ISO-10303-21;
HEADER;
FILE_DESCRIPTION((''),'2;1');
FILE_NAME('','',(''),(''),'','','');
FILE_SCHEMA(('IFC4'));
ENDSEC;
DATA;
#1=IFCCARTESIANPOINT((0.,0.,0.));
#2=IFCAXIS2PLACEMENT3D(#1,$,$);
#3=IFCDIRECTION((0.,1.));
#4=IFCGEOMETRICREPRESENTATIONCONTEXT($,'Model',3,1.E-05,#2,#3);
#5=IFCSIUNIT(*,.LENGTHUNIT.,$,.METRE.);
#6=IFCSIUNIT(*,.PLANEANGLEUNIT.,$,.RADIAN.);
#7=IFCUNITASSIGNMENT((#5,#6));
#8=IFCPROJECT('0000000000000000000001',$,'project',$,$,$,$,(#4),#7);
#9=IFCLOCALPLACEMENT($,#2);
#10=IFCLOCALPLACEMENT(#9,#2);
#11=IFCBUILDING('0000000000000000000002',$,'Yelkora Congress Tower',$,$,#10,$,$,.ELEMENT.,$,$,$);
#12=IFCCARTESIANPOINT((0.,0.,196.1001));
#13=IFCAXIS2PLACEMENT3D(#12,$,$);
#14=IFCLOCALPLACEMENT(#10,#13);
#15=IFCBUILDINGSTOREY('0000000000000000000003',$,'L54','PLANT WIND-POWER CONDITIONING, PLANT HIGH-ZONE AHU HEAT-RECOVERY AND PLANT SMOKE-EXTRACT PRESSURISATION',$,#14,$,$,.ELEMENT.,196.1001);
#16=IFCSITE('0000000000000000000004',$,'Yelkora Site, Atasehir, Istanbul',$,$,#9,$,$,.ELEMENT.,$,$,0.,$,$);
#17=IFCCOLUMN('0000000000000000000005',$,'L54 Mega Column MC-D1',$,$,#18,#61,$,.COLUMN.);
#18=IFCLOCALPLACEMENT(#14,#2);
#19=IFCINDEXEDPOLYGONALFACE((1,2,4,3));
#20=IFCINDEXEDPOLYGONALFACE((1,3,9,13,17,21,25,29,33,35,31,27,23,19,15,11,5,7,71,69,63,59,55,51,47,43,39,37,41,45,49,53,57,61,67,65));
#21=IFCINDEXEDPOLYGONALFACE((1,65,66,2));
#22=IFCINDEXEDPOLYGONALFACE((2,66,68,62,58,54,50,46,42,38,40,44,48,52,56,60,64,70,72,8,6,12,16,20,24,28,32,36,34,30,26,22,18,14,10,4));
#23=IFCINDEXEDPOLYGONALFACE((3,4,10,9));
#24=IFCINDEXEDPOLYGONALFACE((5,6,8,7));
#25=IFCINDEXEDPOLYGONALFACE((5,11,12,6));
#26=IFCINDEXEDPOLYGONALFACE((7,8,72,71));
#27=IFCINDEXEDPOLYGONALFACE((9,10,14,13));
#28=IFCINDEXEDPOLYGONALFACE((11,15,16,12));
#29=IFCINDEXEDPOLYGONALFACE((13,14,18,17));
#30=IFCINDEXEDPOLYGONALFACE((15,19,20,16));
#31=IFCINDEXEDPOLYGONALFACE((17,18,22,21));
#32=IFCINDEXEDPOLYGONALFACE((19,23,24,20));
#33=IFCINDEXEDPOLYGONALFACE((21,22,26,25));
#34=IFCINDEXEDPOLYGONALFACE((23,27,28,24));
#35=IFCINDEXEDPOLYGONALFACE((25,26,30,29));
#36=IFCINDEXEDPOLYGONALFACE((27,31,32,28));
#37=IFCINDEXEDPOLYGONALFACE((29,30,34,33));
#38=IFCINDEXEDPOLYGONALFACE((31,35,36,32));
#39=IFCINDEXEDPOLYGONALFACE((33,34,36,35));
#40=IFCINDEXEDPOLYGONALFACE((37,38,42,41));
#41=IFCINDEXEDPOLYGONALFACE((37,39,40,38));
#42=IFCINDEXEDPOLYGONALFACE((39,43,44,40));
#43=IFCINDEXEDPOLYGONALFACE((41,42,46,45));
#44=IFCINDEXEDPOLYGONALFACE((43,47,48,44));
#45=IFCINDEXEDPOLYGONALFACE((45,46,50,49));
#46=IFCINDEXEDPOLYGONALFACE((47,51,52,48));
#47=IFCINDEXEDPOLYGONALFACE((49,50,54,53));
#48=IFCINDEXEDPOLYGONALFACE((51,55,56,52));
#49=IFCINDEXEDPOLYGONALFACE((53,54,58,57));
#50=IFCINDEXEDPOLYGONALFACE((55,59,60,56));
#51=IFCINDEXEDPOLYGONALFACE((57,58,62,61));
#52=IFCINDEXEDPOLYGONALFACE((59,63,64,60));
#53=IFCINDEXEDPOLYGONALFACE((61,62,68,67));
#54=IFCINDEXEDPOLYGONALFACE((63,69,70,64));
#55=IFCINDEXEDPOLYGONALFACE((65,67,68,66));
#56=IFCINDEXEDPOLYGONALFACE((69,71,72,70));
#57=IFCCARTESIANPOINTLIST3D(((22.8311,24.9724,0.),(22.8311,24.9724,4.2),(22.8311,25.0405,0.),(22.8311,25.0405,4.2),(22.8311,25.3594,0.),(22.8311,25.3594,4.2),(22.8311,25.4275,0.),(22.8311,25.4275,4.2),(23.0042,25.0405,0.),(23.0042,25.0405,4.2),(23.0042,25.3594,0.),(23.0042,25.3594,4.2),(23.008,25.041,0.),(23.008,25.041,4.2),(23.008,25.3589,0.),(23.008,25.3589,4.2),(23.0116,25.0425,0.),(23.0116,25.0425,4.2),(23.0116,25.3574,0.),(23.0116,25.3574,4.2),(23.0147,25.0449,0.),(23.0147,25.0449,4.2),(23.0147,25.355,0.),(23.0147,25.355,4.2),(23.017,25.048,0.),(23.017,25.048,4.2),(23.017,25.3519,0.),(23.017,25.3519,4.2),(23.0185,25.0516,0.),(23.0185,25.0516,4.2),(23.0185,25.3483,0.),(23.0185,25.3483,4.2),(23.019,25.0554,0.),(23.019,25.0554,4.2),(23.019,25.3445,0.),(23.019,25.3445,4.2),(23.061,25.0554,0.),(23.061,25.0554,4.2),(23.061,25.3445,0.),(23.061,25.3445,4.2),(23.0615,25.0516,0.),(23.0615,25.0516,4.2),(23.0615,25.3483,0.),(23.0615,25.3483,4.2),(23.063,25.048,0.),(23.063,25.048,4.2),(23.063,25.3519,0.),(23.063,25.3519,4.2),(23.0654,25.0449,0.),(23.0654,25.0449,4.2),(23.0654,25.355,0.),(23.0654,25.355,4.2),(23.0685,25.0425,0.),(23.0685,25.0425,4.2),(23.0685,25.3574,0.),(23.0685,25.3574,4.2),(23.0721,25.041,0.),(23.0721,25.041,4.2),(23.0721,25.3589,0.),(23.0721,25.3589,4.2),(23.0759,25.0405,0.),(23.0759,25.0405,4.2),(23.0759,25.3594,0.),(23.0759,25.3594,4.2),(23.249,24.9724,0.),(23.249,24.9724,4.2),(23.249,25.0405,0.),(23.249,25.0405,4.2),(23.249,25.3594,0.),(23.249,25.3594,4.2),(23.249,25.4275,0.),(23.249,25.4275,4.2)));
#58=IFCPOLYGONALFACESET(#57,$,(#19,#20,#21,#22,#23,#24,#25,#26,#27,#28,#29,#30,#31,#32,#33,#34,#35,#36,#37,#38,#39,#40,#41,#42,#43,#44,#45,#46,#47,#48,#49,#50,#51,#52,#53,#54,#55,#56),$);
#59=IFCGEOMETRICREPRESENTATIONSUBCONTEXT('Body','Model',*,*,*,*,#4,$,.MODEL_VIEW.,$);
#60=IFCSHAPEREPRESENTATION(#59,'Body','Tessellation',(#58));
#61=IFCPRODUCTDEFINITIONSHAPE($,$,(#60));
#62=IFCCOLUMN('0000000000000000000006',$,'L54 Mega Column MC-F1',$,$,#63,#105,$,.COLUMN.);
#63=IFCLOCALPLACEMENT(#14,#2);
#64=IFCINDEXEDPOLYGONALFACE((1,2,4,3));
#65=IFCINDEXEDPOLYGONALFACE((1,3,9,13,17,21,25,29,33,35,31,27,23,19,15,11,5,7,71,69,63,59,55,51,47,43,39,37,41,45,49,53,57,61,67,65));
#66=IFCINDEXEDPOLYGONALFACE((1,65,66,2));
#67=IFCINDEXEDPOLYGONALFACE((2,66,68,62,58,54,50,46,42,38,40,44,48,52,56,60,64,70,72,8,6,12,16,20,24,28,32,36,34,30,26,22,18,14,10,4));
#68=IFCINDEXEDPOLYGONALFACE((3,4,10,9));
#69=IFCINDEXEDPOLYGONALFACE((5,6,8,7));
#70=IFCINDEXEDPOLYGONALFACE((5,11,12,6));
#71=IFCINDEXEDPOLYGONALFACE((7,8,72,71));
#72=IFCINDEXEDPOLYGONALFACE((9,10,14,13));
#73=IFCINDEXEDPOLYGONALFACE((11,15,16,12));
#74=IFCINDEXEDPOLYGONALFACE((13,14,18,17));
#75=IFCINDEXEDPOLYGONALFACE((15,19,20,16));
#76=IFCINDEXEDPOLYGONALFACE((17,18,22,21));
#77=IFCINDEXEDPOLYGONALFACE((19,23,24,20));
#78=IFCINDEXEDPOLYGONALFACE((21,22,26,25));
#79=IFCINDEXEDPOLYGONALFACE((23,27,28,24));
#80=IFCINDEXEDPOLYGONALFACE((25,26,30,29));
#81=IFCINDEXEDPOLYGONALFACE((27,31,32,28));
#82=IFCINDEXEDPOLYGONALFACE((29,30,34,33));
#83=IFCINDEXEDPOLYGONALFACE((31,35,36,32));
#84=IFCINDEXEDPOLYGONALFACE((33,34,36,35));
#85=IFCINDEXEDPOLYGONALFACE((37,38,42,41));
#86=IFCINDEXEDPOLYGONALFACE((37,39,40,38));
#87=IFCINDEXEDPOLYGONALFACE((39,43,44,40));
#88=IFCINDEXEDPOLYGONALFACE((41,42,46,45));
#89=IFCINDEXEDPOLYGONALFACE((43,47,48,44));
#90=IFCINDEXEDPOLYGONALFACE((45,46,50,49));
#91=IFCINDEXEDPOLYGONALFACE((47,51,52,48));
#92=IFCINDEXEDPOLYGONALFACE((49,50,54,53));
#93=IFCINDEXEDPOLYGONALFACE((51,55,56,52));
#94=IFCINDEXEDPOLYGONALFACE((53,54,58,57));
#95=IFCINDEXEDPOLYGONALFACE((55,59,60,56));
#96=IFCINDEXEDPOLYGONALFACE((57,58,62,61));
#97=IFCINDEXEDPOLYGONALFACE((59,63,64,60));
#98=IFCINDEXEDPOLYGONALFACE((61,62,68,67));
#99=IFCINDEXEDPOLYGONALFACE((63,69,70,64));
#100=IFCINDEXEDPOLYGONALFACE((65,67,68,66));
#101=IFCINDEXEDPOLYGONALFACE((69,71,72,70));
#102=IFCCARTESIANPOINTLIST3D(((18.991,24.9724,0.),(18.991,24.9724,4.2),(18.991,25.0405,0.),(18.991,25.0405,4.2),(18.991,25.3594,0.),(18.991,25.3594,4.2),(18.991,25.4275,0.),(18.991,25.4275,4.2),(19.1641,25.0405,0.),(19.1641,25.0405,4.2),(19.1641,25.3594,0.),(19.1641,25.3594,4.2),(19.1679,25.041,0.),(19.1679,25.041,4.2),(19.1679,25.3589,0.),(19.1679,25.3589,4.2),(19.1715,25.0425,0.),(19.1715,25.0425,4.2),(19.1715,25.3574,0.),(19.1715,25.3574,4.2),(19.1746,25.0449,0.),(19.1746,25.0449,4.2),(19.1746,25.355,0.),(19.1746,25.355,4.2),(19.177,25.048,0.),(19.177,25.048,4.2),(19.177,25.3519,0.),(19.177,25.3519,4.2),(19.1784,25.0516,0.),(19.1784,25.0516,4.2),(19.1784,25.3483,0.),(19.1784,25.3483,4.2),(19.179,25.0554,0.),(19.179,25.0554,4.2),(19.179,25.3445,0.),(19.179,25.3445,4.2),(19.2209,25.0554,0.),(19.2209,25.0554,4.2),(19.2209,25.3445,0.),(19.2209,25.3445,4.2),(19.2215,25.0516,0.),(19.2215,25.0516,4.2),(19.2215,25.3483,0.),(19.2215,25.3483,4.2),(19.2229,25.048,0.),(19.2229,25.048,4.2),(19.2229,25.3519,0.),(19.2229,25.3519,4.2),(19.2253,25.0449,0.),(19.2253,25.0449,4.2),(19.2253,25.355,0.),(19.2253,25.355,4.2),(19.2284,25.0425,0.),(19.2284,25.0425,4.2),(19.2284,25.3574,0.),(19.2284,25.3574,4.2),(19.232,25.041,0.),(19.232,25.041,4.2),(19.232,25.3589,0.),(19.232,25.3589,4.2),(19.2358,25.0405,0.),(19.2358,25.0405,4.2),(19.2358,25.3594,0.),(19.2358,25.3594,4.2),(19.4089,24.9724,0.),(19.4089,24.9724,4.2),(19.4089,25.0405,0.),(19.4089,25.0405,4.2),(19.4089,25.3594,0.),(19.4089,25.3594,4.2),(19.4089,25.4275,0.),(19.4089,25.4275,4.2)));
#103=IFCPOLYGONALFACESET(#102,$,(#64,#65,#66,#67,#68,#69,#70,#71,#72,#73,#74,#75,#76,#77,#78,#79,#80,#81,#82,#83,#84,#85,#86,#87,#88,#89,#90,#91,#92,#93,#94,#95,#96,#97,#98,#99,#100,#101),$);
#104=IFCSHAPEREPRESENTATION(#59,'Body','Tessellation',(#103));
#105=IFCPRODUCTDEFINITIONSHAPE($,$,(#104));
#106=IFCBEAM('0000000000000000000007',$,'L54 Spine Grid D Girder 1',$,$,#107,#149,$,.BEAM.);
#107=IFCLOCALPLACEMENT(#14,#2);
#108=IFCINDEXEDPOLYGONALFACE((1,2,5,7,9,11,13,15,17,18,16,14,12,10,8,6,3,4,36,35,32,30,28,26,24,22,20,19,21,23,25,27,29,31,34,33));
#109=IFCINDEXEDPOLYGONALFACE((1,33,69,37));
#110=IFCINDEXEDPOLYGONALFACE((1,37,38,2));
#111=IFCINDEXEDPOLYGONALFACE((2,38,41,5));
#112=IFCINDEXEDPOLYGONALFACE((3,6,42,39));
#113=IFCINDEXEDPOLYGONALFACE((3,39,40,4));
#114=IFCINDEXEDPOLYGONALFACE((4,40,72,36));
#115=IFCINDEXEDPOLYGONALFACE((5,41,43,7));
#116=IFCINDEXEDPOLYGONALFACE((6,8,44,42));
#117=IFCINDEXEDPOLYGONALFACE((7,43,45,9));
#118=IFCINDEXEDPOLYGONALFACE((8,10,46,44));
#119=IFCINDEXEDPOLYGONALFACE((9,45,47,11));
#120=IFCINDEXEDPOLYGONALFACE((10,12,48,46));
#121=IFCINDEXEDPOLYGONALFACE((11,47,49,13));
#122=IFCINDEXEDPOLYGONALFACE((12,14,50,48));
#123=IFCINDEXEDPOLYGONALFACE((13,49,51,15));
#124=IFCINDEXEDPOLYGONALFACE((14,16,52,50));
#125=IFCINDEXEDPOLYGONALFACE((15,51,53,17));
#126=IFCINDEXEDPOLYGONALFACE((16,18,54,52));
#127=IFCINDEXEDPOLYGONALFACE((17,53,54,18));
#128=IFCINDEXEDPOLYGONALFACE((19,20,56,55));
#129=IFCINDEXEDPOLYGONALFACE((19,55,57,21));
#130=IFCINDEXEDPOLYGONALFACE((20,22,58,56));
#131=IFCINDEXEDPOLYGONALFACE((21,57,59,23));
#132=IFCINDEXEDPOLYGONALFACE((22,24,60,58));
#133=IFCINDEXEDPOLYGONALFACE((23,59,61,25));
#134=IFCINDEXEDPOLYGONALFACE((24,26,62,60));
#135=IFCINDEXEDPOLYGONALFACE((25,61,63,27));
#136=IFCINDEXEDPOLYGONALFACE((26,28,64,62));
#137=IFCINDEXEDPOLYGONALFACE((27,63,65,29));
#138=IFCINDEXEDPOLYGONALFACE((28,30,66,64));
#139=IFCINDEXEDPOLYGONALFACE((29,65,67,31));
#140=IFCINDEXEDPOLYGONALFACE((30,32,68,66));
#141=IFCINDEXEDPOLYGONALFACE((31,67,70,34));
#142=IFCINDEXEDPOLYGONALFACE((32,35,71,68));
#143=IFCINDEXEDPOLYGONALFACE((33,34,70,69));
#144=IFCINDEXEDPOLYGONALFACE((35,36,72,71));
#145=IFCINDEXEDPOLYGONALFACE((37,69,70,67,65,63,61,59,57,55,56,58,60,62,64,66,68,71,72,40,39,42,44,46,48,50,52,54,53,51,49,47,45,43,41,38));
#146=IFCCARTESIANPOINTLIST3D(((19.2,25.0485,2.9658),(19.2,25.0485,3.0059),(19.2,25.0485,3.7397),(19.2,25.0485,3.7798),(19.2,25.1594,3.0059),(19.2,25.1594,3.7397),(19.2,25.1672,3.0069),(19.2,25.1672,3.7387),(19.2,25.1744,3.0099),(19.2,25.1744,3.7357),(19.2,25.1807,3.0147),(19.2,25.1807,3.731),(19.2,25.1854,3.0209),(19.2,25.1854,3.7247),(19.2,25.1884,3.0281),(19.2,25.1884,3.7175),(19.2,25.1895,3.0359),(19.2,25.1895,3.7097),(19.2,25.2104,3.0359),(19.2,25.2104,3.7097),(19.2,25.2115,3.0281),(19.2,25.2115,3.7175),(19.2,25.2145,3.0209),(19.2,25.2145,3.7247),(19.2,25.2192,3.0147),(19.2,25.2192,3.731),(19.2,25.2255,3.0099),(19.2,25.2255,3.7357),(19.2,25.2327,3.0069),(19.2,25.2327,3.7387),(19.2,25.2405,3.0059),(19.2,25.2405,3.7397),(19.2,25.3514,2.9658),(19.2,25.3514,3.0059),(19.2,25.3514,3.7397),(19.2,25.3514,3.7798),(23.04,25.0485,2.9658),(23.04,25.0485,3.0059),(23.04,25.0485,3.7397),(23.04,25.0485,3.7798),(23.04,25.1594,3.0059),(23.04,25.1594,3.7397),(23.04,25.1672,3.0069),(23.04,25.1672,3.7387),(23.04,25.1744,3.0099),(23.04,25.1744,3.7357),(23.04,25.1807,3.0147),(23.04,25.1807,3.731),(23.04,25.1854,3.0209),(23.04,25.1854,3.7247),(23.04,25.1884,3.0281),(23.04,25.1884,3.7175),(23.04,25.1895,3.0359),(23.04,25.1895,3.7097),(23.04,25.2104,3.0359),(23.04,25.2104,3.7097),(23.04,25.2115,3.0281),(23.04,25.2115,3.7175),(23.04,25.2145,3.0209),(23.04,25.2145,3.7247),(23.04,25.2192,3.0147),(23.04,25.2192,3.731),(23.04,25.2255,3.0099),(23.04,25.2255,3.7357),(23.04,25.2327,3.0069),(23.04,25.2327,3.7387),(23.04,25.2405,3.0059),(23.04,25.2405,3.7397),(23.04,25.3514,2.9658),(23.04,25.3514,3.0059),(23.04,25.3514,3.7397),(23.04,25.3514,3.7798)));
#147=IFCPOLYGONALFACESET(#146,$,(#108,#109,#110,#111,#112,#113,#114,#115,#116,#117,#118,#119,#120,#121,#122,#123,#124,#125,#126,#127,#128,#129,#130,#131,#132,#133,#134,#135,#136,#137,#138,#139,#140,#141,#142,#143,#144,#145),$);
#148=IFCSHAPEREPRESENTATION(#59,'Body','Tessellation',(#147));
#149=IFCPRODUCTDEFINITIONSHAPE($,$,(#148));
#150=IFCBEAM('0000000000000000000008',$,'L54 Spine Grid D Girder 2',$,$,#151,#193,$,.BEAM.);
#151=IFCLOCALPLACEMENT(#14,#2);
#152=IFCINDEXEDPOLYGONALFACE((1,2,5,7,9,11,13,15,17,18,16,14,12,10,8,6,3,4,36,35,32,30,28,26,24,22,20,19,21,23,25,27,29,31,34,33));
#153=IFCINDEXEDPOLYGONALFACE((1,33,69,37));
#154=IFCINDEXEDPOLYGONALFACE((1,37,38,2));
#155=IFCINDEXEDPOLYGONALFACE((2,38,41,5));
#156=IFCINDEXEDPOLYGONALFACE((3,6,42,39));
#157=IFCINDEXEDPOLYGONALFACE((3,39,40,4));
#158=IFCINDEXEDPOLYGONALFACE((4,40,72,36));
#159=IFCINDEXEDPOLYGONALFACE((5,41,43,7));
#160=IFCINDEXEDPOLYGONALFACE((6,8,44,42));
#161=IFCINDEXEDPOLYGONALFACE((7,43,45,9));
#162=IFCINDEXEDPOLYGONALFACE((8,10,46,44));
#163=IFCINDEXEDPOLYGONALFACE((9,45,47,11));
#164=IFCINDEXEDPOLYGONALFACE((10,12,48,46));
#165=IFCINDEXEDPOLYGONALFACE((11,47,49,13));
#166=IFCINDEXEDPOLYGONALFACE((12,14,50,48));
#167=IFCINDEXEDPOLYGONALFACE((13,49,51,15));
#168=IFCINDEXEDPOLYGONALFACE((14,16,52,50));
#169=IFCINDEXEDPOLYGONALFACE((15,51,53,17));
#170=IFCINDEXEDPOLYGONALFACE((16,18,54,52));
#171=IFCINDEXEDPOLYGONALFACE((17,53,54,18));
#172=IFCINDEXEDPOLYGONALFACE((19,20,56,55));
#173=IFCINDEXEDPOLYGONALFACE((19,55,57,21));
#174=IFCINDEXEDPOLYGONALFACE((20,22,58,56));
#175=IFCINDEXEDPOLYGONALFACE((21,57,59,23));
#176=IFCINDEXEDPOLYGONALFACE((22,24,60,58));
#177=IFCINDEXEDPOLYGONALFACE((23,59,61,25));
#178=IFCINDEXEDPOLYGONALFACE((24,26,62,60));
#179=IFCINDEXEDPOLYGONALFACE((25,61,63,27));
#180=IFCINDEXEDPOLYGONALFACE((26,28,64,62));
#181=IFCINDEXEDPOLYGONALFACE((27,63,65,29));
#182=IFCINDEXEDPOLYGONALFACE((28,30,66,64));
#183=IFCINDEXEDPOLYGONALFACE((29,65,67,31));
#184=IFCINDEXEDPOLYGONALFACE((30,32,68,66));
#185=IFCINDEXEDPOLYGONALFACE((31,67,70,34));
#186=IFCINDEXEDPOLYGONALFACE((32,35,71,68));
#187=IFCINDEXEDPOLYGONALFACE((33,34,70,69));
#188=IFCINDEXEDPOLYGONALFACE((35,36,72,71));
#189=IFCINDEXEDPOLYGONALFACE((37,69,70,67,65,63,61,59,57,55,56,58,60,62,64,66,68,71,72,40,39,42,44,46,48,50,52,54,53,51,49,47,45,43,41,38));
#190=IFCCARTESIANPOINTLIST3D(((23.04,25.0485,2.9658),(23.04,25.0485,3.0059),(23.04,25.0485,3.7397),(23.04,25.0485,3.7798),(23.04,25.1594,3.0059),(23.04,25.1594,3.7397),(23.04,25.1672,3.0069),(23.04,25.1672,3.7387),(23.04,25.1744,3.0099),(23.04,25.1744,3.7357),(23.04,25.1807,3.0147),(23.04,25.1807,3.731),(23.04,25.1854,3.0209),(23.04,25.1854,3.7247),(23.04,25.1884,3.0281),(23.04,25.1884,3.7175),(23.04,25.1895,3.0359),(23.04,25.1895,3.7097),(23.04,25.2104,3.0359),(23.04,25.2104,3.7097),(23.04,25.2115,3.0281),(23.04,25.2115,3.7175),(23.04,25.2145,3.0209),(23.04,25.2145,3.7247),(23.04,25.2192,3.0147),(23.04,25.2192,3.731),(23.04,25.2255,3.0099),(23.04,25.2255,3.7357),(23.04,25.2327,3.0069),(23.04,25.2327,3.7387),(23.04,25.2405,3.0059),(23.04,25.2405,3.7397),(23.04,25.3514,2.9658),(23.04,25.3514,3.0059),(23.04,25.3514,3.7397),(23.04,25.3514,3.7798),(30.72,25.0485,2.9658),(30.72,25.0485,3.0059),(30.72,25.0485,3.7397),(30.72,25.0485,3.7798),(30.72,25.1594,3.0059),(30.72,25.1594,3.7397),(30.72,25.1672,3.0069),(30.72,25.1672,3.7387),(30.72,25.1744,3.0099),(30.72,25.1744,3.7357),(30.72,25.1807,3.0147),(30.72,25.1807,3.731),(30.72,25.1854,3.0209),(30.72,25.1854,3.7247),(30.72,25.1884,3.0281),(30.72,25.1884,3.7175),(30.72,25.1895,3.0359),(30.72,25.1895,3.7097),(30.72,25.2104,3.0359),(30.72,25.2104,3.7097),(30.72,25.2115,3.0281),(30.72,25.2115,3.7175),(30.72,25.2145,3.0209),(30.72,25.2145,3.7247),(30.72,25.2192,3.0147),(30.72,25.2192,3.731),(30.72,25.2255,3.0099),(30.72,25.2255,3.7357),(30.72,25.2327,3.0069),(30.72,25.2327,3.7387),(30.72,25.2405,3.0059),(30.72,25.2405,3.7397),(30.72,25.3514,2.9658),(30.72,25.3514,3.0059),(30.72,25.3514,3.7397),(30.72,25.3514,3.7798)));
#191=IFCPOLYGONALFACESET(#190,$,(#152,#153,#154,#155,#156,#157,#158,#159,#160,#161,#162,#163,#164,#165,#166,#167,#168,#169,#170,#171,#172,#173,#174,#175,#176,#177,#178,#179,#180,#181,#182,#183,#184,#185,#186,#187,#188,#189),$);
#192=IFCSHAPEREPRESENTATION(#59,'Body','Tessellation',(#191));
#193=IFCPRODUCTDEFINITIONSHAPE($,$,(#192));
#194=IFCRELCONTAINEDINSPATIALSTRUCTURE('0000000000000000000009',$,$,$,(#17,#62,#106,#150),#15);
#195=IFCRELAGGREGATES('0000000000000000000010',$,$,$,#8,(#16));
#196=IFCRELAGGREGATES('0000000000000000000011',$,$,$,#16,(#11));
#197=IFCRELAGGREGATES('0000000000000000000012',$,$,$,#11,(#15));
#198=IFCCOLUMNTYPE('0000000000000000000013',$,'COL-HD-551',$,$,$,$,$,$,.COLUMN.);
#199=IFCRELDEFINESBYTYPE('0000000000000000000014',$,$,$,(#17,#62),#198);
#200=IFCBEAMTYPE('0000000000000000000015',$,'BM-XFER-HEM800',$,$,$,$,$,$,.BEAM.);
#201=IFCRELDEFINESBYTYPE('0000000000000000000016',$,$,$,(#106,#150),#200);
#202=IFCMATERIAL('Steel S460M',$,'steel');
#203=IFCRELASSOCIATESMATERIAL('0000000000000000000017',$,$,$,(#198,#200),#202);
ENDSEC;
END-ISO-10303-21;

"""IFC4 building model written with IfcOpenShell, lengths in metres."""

from ifc_helpers import new_model, si_unit, direction, frame, origin, origin_2d, place, context, subcontext, project, spatial, i_section, extrude, material, material_profile, profile_set, type_object, element, save


model = new_model("IFC4")

# Units and contexts
model_context = context("Model", 3, precision=1e-05, world=origin(), true_north=direction((0.0, 1.0)))
body_context = subcontext(model_context, "Body", "Model", "MODEL_VIEW")
ifc_project = project(units=[si_unit("LENGTHUNIT", "METRE"), si_unit("PLANEANGLEUNIT", "RADIAN")], contexts=[model_context])

# Site, building, storey
site_placement = place(None, origin())
site = spatial("IfcSite", under=ifc_project, at=site_placement, Name="Yelkora Site, Atasehir, Istanbul", CompositionType="ELEMENT", RefElevation=0.0)
building_placement = place(site_placement, origin())
building = spatial("IfcBuilding", under=site, at=building_placement, Name="Yelkora Congress Tower", CompositionType="ELEMENT")
storey_placement = place(building_placement, frame((0.0, 0.0, 196.1001)))
storey = spatial("IfcBuildingStorey", under=building, at=storey_placement, Name="L54", Description="PLANT WIND-POWER CONDITIONING, PLANT HIGH-ZONE AHU HEAT-RECOVERY AND PLANT SMOKE-EXTRACT PRESSURISATION", CompositionType="ELEMENT", Elevation=196.1001)

# Columns
ifc_material_1 = material(Name="Steel S460M", Category="steel")
ifc_material_profile_1 = material_profile(ifc_material_1, i_section(OverallWidth=0.418, OverallDepth=0.4551, WebThickness=0.042, FlangeThickness=0.0681, FilletRadius=0.0149, at=origin_2d()), Name="HD 400x551")
ifc_profile_set_1 = profile_set([ifc_material_profile_1], Name="Steel S460M")
column_type = type_object("IfcColumnType", Name="COL-HD-551", PredefinedType="COLUMN", material=ifc_profile_set_1)
for number, where, z_axis, x_axis, name in (
    (1, (23.04, 25.2, 0.0), (0.0, 0.0, 1.0), (1.0, 0.0, 0.0), "L54 Mega Column MC-D1"),
    (2, (19.2, 25.2, 0.0), (0.0, 0.0, 1.0), (1.0, 0.0, 0.0), "L54 Mega Column MC-F1"),
):
    element("IfcColumn", number, at=place(storey_placement, frame(where, z_axis=z_axis, x_axis=x_axis)), inside=storey, type_object=column_type, Name=name, PredefinedType="COLUMN", context=body_context, shape_type="SweptSolid", body=[
        extrude(i_section(OverallWidth=0.418, OverallDepth=0.4551, WebThickness=0.042, FlangeThickness=0.0681, FilletRadius=0.0149, at=origin_2d()), origin(), (0.0, 0.0, 1.0), 4.2),
    ])

# Beams
ifc_material_profile_2 = material_profile(ifc_material_1, i_section(OverallWidth=0.303, OverallDepth=0.814, WebThickness=0.021, FlangeThickness=0.04, FilletRadius=0.03, at=origin_2d()), Name="HEM 800")
ifc_profile_set_2 = profile_set([ifc_material_profile_2], Name="Steel S460M")
beam_type = type_object("IfcBeamType", Name="BM-XFER-HEM800", PredefinedType="BEAM", material=ifc_profile_set_2)
beam_1_placement = place(storey_placement, frame((19.2, 25.2, 3.3728), z_axis=(1.0, 0.0, 0.0), x_axis=(0.0, 1.0, 0.0)))
element("IfcBeam", 3, at=beam_1_placement, inside=storey, type_object=beam_type, Name="L54 Spine Grid D Girder 1", PredefinedType="BEAM", context=body_context, shape_type="SweptSolid", body=[
    extrude(i_section(OverallWidth=0.303, OverallDepth=0.814, WebThickness=0.021, FlangeThickness=0.04, FilletRadius=0.03, at=origin_2d()), origin(), (0.0, 0.0, 1.0), 3.8401),
])
beam_2_placement = place(storey_placement, frame((23.04, 25.2, 3.3728), z_axis=(1.0, 0.0, 0.0), x_axis=(0.0, 1.0, 0.0)))
element("IfcBeam", 4, at=beam_2_placement, inside=storey, type_object=beam_type, Name="L54 Spine Grid D Girder 2", PredefinedType="BEAM", context=body_context, shape_type="SweptSolid", body=[
    extrude(i_section(OverallWidth=0.303, OverallDepth=0.814, WebThickness=0.021, FlangeThickness=0.04, FilletRadius=0.03, at=origin_2d()), origin(), (0.0, 0.0, 1.0), 7.6799),
])

save(model, "model.ifc")
